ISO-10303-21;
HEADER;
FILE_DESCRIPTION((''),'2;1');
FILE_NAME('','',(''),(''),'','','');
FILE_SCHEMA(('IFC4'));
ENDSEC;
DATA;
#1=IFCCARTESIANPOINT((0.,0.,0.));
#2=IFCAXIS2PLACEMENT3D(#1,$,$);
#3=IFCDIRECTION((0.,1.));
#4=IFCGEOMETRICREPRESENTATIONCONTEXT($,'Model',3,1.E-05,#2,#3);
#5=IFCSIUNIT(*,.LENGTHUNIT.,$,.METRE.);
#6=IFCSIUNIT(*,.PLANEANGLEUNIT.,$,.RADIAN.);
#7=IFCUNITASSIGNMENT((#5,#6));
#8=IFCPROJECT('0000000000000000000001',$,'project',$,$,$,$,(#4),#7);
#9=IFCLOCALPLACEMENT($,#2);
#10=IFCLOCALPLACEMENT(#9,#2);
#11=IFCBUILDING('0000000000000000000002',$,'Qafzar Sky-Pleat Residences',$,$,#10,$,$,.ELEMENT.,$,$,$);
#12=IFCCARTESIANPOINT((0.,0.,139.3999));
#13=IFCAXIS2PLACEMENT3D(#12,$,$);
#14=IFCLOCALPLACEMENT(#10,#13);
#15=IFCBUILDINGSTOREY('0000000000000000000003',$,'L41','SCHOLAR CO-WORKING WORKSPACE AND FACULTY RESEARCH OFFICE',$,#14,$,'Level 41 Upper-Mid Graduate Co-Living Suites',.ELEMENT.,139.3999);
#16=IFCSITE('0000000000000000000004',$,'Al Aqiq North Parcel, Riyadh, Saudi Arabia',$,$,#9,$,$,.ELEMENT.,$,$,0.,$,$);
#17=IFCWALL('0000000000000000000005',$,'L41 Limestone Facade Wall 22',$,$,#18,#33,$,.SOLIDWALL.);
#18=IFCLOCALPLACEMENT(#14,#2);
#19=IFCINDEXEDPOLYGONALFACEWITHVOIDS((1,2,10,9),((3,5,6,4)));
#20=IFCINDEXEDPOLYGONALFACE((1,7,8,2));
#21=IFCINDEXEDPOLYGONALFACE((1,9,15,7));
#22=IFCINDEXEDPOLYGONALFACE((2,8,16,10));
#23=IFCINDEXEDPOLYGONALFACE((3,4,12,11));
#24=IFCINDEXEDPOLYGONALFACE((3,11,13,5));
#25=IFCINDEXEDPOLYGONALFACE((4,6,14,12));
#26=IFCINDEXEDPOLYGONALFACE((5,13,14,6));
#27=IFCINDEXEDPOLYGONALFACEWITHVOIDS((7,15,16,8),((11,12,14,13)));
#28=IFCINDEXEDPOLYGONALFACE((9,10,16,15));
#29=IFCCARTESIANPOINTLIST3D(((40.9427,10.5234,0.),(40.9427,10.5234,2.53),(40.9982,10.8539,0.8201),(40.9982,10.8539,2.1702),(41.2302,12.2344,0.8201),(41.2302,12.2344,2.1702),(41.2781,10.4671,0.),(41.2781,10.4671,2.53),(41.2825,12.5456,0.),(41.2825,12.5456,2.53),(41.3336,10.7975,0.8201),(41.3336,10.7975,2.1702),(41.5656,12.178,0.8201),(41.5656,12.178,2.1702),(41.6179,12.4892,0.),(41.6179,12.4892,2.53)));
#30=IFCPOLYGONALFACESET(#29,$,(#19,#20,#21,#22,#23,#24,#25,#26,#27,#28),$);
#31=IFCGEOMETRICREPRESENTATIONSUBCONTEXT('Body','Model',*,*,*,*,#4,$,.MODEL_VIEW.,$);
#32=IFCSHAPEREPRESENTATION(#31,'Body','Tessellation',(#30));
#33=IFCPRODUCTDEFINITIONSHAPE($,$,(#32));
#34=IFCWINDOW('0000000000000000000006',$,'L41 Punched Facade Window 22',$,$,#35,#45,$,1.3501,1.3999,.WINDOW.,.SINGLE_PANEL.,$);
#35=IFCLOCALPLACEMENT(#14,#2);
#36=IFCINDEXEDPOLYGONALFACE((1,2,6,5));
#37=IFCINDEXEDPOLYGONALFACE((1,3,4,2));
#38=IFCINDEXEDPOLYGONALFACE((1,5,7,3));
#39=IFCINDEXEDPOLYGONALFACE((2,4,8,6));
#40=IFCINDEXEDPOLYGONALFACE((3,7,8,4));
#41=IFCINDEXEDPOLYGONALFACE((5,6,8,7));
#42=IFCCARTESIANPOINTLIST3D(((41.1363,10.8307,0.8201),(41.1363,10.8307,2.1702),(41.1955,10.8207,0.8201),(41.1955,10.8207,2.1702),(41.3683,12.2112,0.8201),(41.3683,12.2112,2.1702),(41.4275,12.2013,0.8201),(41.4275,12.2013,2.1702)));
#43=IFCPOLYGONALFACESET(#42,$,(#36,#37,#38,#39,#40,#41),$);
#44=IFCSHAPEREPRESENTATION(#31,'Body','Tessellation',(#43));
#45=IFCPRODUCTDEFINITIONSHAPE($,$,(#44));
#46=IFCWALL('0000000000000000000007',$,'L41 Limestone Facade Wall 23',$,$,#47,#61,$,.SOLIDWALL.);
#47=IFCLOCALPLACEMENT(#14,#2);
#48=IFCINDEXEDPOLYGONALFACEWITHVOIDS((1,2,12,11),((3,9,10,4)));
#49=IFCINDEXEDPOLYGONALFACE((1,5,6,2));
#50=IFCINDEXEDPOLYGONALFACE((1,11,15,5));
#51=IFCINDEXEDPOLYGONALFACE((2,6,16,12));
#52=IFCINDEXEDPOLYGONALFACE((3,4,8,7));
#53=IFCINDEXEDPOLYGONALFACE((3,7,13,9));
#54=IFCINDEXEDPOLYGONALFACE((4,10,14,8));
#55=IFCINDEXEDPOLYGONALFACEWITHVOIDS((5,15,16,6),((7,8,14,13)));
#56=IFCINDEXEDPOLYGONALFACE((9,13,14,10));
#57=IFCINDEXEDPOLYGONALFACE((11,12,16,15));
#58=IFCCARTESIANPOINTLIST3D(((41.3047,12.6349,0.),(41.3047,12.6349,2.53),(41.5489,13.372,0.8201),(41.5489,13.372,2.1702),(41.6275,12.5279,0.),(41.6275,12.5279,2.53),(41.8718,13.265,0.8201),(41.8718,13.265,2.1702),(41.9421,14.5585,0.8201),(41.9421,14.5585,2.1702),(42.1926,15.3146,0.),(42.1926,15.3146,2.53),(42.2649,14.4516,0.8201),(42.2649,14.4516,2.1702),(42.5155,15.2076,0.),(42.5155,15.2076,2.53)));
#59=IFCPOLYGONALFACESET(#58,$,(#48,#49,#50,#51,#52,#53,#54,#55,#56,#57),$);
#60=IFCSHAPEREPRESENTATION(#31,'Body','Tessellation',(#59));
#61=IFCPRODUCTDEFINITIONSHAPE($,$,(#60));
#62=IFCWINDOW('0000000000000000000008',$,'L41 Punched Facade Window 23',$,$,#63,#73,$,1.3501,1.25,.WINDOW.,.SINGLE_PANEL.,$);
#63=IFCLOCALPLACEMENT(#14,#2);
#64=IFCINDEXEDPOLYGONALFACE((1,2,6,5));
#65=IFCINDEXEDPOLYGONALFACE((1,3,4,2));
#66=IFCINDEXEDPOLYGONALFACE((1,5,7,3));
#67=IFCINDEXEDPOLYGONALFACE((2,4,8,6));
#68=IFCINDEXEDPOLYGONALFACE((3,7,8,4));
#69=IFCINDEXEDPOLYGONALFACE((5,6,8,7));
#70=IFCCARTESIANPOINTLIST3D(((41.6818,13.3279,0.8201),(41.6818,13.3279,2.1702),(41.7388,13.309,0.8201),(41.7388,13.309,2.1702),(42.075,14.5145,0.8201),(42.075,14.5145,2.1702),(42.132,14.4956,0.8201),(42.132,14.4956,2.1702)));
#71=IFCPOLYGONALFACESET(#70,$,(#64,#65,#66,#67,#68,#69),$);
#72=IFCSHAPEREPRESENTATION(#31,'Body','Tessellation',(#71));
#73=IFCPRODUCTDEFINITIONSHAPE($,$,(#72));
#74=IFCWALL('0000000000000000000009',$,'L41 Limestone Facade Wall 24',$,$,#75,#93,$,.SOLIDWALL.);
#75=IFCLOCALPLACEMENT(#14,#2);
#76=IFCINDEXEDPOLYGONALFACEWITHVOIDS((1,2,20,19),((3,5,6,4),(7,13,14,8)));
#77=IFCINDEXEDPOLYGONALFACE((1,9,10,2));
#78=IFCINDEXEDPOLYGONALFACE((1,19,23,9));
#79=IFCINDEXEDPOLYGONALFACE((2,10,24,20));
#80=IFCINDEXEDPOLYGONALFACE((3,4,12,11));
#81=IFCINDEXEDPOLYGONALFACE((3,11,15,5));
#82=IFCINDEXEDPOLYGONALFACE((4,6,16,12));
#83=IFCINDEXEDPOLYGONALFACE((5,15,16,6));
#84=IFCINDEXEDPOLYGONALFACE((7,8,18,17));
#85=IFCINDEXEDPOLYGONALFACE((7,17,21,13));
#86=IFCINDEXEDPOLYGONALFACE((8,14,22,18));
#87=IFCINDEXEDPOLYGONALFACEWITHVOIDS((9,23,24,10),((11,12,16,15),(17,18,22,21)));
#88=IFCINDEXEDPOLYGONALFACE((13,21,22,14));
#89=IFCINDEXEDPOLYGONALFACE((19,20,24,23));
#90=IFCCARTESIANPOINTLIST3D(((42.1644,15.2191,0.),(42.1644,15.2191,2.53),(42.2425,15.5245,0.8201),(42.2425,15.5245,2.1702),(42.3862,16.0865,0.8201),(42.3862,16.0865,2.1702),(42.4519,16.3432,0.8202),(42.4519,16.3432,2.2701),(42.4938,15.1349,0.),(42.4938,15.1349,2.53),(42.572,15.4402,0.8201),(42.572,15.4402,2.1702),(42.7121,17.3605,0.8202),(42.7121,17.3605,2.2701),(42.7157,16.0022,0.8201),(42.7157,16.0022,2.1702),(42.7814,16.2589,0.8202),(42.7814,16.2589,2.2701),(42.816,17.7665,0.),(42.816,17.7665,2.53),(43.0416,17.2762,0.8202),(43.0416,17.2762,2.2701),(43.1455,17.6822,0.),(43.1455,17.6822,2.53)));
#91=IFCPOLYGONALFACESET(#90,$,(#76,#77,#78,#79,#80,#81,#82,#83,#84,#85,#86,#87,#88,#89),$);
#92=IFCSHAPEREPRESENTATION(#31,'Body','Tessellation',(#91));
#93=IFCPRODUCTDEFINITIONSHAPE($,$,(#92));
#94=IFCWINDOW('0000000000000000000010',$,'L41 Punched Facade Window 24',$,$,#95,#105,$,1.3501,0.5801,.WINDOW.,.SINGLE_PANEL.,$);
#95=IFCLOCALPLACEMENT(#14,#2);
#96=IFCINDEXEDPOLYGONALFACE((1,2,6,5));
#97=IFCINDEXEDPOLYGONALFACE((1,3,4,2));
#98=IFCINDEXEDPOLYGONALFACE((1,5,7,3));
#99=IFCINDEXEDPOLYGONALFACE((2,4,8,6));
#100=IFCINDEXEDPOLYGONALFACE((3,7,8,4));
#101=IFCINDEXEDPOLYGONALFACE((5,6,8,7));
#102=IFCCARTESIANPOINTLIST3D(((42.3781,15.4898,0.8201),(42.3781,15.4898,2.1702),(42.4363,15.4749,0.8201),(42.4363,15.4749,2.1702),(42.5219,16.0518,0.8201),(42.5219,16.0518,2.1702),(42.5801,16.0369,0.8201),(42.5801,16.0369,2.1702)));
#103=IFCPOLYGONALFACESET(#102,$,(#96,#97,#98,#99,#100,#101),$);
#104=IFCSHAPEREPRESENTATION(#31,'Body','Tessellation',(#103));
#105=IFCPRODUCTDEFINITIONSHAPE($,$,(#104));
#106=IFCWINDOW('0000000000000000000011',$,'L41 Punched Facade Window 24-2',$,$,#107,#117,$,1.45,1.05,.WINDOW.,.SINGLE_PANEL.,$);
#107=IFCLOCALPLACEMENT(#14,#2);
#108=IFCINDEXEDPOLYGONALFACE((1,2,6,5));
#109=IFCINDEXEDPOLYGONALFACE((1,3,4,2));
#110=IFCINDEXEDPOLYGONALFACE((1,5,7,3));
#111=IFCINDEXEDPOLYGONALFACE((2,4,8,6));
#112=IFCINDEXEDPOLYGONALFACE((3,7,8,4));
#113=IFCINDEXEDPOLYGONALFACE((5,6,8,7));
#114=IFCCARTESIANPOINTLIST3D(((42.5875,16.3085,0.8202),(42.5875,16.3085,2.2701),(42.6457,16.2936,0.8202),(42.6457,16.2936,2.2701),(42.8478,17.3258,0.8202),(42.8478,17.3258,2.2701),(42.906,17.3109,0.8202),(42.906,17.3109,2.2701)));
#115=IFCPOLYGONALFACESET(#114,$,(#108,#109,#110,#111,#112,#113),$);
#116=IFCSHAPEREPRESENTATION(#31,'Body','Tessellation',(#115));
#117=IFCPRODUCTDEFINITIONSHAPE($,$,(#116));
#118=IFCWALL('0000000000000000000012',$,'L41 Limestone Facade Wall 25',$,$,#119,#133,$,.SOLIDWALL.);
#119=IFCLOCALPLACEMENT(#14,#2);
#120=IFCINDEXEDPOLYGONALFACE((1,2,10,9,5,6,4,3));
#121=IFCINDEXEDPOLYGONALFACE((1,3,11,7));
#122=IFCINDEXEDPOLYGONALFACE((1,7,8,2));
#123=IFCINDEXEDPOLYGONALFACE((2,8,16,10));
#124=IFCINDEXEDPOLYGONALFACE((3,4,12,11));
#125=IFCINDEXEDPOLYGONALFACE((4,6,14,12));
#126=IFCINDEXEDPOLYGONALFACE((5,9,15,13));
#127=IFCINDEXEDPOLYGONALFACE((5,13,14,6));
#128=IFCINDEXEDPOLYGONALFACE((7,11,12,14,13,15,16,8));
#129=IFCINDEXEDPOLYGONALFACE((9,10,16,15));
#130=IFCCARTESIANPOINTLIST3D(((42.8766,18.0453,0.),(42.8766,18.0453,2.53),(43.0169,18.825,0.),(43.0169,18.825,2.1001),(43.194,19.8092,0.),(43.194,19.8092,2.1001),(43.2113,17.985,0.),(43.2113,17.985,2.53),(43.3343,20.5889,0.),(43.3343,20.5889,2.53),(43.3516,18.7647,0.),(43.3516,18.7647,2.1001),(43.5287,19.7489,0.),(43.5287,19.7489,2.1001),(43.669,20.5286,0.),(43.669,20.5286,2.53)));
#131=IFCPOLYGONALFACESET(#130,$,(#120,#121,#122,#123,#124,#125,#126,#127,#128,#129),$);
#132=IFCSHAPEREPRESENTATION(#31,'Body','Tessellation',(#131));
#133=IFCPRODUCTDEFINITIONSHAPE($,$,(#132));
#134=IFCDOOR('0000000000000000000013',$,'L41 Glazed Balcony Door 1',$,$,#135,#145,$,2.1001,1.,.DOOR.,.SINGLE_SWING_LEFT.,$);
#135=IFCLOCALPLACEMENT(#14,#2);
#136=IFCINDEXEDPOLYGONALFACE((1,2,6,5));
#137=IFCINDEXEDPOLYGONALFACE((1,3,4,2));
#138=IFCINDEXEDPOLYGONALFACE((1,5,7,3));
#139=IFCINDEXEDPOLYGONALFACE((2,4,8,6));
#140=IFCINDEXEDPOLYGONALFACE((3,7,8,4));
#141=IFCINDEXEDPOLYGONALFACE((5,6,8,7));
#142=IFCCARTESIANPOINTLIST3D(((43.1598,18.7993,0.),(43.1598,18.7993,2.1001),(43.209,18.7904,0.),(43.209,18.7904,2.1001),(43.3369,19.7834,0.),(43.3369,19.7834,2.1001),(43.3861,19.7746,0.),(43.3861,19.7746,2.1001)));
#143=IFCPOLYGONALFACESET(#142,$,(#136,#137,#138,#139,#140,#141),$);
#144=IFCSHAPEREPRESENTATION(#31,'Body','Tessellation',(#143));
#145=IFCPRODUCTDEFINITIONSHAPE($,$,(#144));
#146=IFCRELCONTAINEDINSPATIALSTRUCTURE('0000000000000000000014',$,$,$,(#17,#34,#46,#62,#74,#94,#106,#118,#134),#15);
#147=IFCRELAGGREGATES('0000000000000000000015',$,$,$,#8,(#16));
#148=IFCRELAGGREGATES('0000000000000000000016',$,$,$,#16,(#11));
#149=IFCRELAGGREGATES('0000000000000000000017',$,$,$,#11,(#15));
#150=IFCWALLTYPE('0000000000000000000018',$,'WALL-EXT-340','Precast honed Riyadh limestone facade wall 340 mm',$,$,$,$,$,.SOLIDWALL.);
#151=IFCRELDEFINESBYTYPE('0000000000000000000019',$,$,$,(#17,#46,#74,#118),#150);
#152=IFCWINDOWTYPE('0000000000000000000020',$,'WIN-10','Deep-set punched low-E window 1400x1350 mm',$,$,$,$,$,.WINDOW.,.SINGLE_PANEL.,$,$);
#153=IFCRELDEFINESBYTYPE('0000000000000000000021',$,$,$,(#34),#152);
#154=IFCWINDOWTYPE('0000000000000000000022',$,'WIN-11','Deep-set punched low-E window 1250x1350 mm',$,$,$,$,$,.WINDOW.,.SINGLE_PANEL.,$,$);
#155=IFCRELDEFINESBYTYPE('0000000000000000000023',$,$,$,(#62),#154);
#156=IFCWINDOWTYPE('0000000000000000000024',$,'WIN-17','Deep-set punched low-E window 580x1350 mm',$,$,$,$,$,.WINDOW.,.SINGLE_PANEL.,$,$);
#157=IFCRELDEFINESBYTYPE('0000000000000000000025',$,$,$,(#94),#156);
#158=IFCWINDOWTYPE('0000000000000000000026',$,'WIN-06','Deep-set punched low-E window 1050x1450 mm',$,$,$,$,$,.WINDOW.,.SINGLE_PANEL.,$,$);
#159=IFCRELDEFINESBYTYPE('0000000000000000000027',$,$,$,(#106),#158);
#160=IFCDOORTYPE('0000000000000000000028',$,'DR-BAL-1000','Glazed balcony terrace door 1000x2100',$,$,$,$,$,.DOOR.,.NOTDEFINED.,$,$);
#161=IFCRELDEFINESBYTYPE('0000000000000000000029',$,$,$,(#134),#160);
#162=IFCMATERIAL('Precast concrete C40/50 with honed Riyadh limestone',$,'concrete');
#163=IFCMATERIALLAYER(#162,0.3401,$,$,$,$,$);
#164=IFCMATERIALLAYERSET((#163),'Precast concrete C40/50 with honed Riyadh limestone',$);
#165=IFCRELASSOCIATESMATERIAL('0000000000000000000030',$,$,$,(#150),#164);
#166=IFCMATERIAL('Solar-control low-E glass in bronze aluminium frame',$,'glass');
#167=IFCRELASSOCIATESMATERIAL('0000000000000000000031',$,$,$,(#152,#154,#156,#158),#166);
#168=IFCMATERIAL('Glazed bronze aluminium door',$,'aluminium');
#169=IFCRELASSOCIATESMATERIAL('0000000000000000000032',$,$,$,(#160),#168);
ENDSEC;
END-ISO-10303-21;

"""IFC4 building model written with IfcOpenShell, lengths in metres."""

from ifc_helpers import new_model, si_unit, direction, frame, frame_2d, origin, place, context, subcontext, project, spatial, rectangle, extrude, source, transform, mapped, material, layer, layer_set, type_object, element, fill, save


model = new_model("IFC4")

# Units and contexts
model_context = context("Model", 3, precision=1e-05, world=origin(), true_north=direction((0.0, 1.0)))
body_context = subcontext(model_context, "Body", "Model", "MODEL_VIEW")
ifc_project = project(units=[si_unit("LENGTHUNIT", "METRE"), si_unit("PLANEANGLEUNIT", "RADIAN")], contexts=[model_context])

# Site, building, storey
site_placement = place(None, origin())
site = spatial("IfcSite", under=ifc_project, at=site_placement, Name="Al Aqiq North Parcel, Riyadh, Saudi Arabia", CompositionType="ELEMENT", RefElevation=0.0)
building_placement = place(site_placement, origin())
building = spatial("IfcBuilding", under=site, at=building_placement, Name="Qafzar Sky-Pleat Residences", CompositionType="ELEMENT")
storey_placement = place(building_placement, frame((0.0, 0.0, 139.3999)))
storey = spatial("IfcBuildingStorey", under=building, at=storey_placement, Name="L41", Description="SCHOLAR CO-WORKING WORKSPACE AND FACULTY RESEARCH OFFICE", LongName="Level 41 Upper-Mid Graduate Co-Living Suites", CompositionType="ELEMENT", Elevation=139.3999)

# Walls, openings, windows
ifc_material_1 = material(Name="Precast concrete C40/50 with honed Riyadh limestone", Category="concrete")
ifc_layer_1 = layer(ifc_material_1, 0.3401)
ifc_layer_set_1 = layer_set([ifc_layer_1], Name="Precast concrete C40/50 with honed Riyadh limestone")
wall_type = type_object("IfcWallType", Name="WALL-EXT-340", Description="Precast honed Riyadh limestone facade wall 340 mm", PredefinedType="SOLIDWALL", material=ifc_layer_set_1)
ifc_material_2 = material(Name="Solar-control low-E glass in bronze aluminium frame", Category="glass")
wall_1_placement = place(storey_placement, frame((41.1104, 10.4951, 0.0), z_axis=(0.0, 0.0, 1.0), x_axis=(0.165731, 0.986171, 0.0)))
wall_1 = element("IfcWall", 1, at=wall_1_placement, inside=storey, type_object=wall_type, Name="L41 Limestone Facade Wall 22", PredefinedType="SOLIDWALL", context=body_context, shape_type="SweptSolid", body=[
    extrude(rectangle(XDim=2.0505, YDim=0.3401, at=frame_2d((1.0254, 0.0))), origin(), (0.0, 0.0, 1.0), 2.53),
])
opening_1_placement = place(wall_1_placement, frame((0.3352, 0.0, 0.8201)))
opening_1 = element("IfcOpeningElement", 2, at=opening_1_placement, cuts=wall_1, PredefinedType="OPENING", context=body_context, shape_type="SweptSolid", body=[
    extrude(rectangle(XDim=1.3999, YDim=1.3501, at=frame_2d((0.7, 0.675))), frame((0.0, 0.1802, 0.0), z_axis=(0.0, -1.0, 0.0), x_axis=(1.0, 0.0, 0.0)), (0.0, 0.0, 1.0), 0.3601),
])
window_type_1 = type_object("IfcWindowType", Name="WIN-10", Description="Deep-set punched low-E window 1400x1350 mm", PartitioningType="SINGLE_PANEL", PredefinedType="WINDOW", material=ifc_material_2)
shared_shape_1 = source(origin(), body_context, "Body", "SweptSolid", [
    extrude(rectangle(XDim=1.3999, YDim=1.3501, at=frame_2d((0.7, 0.675))), frame((0.0, 0.03, 0.0), z_axis=(0.0, -1.0, 0.0), x_axis=(1.0, 0.0, 0.0)), (0.0, 0.0, 1.0), 0.0601),
])
window_1_placement = place(opening_1_placement, origin())
window_1 = element("IfcWindow", 3, at=window_1_placement, inside=storey, type_object=window_type_1, Name="L41 Punched Facade Window 22", OverallHeight=1.3501, OverallWidth=1.3999, PartitioningType="SINGLE_PANEL", PredefinedType="WINDOW", context=body_context, shape_type="MappedRepresentation", body=[
    mapped(shared_shape_1, transform((0.0, 0.0, 0.0), x_axis=(1.0, 0.0, 0.0), y_axis=(0.0, 1.0, 0.0), z_axis=(0.0, 0.0, 1.0), scale=1.0)),
])
fill(opening_1, window_1)
wall_2_placement = place(storey_placement, frame((41.4661, 12.5813, 0.0), z_axis=(0.0, 0.0, 1.0), x_axis=(0.314541, 0.949244, 0.0)))
wall_2 = element("IfcWall", 4, at=wall_2_placement, inside=storey, type_object=wall_type, Name="L41 Limestone Facade Wall 23", PredefinedType="SOLIDWALL", context=body_context, shape_type="SweptSolid", body=[
    extrude(rectangle(XDim=2.823, YDim=0.3401, at=frame_2d((1.4116, 0.0))), origin(), (0.0, 0.0, 1.0), 2.53),
])
opening_2_placement = place(wall_2_placement, frame((0.7766, 0.0, 0.8201)))
opening_2 = element("IfcOpeningElement", 5, at=opening_2_placement, cuts=wall_2, PredefinedType="OPENING", context=body_context, shape_type="SweptSolid", body=[
    extrude(rectangle(XDim=1.25, YDim=1.3501, at=frame_2d((0.625, 0.675))), frame((0.0, 0.1802, 0.0), z_axis=(0.0, -1.0, 0.0), x_axis=(1.0, 0.0, 0.0)), (0.0, 0.0, 1.0), 0.3601),
])
window_type_2 = type_object("IfcWindowType", Name="WIN-11", Description="Deep-set punched low-E window 1250x1350 mm", PartitioningType="SINGLE_PANEL", PredefinedType="WINDOW", material=ifc_material_2)
shared_shape_2 = source(origin(), body_context, "Body", "SweptSolid", [
    extrude(rectangle(XDim=1.25, YDim=1.3501, at=frame_2d((0.625, 0.675))), frame((0.0, 0.03, 0.0), z_axis=(0.0, -1.0, 0.0), x_axis=(1.0, 0.0, 0.0)), (0.0, 0.0, 1.0), 0.0601),
])
window_2_placement = place(opening_2_placement, origin())
window_2 = element("IfcWindow", 6, at=window_2_placement, inside=storey, type_object=window_type_2, Name="L41 Punched Facade Window 23", OverallHeight=1.3501, OverallWidth=1.25, PartitioningType="SINGLE_PANEL", PredefinedType="WINDOW", context=body_context, shape_type="MappedRepresentation", body=[
    mapped(shared_shape_2, transform((0.0, 0.0, 0.0), x_axis=(1.0, 0.0, 0.0), y_axis=(0.0, 1.0, 0.0), z_axis=(0.0, 0.0, 1.0), scale=1.0)),
])
fill(opening_2, window_2)

# Wall, openings, windows
wall_3_placement = place(storey_placement, frame((42.3291, 15.177, 0.0), z_axis=(0.0, 0.0, 1.0), x_axis=(0.247819, 0.968806, 0.0)))
wall_3 = element("IfcWall", 7, at=wall_3_placement, inside=storey, type_object=wall_type, Name="L41 Limestone Facade Wall 24", PredefinedType="SOLIDWALL", context=body_context, shape_type="SweptSolid", body=[
    extrude(rectangle(XDim=2.6294, YDim=0.3401, at=frame_2d((1.3147, 0.0))), origin(), (0.0, 0.0, 1.0), 2.53),
])
opening_3_placement = place(wall_3_placement, frame((0.3152, 0.0, 0.8201)))
opening_3 = element("IfcOpeningElement", 8, at=opening_3_placement, cuts=wall_3, PredefinedType="OPENING", context=body_context, shape_type="SweptSolid", body=[
    extrude(rectangle(XDim=0.5801, YDim=1.3501, at=frame_2d((0.29, 0.675))), frame((0.0, 0.1802, 0.0), z_axis=(0.0, -1.0, 0.0), x_axis=(1.0, 0.0, 0.0)), (0.0, 0.0, 1.0), 0.3601),
])
opening_4_placement = place(wall_3_placement, frame((1.1604, 0.0, 0.8201)))
opening_4 = element("IfcOpeningElement", 9, at=opening_4_placement, cuts=wall_3, PredefinedType="OPENING", context=body_context, shape_type="SweptSolid", body=[
    extrude(rectangle(XDim=1.05, YDim=1.45, at=frame_2d((0.5249, 0.7251))), frame((0.0, 0.1802, 0.0), z_axis=(0.0, -1.0, 0.0), x_axis=(1.0, 0.0, 0.0)), (0.0, 0.0, 1.0), 0.3601),
])
window_type_3 = type_object("IfcWindowType", Name="WIN-17", Description="Deep-set punched low-E window 580x1350 mm", PartitioningType="SINGLE_PANEL", PredefinedType="WINDOW", material=ifc_material_2)
shared_shape_3 = source(origin(), body_context, "Body", "SweptSolid", [
    extrude(rectangle(XDim=0.5801, YDim=1.3501, at=frame_2d((0.29, 0.675))), frame((0.0, 0.03, 0.0), z_axis=(0.0, -1.0, 0.0), x_axis=(1.0, 0.0, 0.0)), (0.0, 0.0, 1.0), 0.0601),
])
window_3_placement = place(opening_3_placement, origin())
window_3 = element("IfcWindow", 10, at=window_3_placement, inside=storey, type_object=window_type_3, Name="L41 Punched Facade Window 24", OverallHeight=1.3501, OverallWidth=0.5801, PartitioningType="SINGLE_PANEL", PredefinedType="WINDOW", context=body_context, shape_type="MappedRepresentation", body=[
    mapped(shared_shape_3, transform((0.0, 0.0, 0.0), x_axis=(1.0, 0.0, 0.0), y_axis=(0.0, 1.0, 0.0), z_axis=(0.0, 0.0, 1.0), scale=1.0)),
])
fill(opening_3, window_3)
window_type_4 = type_object("IfcWindowType", Name="WIN-06", Description="Deep-set punched low-E window 1050x1450 mm", PartitioningType="SINGLE_PANEL", PredefinedType="WINDOW", material=ifc_material_2)
shared_shape_4 = source(origin(), body_context, "Body", "SweptSolid", [
    extrude(rectangle(XDim=1.05, YDim=1.45, at=frame_2d((0.5249, 0.7251))), frame((0.0, 0.03, 0.0), z_axis=(0.0, -1.0, 0.0), x_axis=(1.0, 0.0, 0.0)), (0.0, 0.0, 1.0), 0.0601),
])
window_4_placement = place(opening_4_placement, origin())
window_4 = element("IfcWindow", 11, at=window_4_placement, inside=storey, type_object=window_type_4, Name="L41 Punched Facade Window 24-2", OverallHeight=1.45, OverallWidth=1.05, PartitioningType="SINGLE_PANEL", PredefinedType="WINDOW", context=body_context, shape_type="MappedRepresentation", body=[
    mapped(shared_shape_4, transform((0.0, 0.0, 0.0), x_axis=(1.0, 0.0, 0.0), y_axis=(0.0, 1.0, 0.0), z_axis=(0.0, 0.0, 1.0), scale=1.0)),
])
fill(opening_4, window_4)

# Wall, opening, door
wall_4_placement = place(storey_placement, frame((43.0439, 18.0151, 0.0), z_axis=(0.0, 0.0, 1.0), x_axis=(0.177115, 0.98419, 0.0)))
wall_4 = element("IfcWall", 12, at=wall_4_placement, inside=storey, type_object=wall_type, Name="L41 Limestone Facade Wall 25", PredefinedType="SOLIDWALL", context=body_context, shape_type="SweptSolid", body=[
    extrude(rectangle(XDim=2.5845, YDim=0.3401, at=frame_2d((1.2922, 0.0))), origin(), (0.0, 0.0, 1.0), 2.53),
])
opening_5_placement = place(wall_4_placement, frame((0.7922, 0.0, 0.0)))
opening_5 = element("IfcOpeningElement", 13, at=opening_5_placement, cuts=wall_4, PredefinedType="OPENING", context=body_context, shape_type="SweptSolid", body=[
    extrude(rectangle(XDim=1.0, YDim=2.1001, at=frame_2d((0.5, 1.05))), frame((0.0, 0.1802, 0.0), z_axis=(0.0, -1.0, 0.0), x_axis=(1.0, 0.0, 0.0)), (0.0, 0.0, 1.0), 0.3601),
])
ifc_material_3 = material(Name="Glazed bronze aluminium door", Category="aluminium")
door_type = type_object("IfcDoorType", Name="DR-BAL-1000", Description="Glazed balcony terrace door 1000x2100", OperationType="NOTDEFINED", PredefinedType="DOOR", material=ifc_material_3)
shared_shape_5 = source(origin(), body_context, "Body", "SweptSolid", [
    extrude(rectangle(XDim=1.0, YDim=2.1001, at=frame_2d((0.5, 1.05))), frame((0.0, 0.0249, 0.0), z_axis=(0.0, -1.0, 0.0), x_axis=(1.0, 0.0, 0.0)), (0.0, 0.0, 1.0), 0.05),
])
door_placement = place(opening_5_placement, origin())
door = element("IfcDoor", 14, at=door_placement, inside=storey, type_object=door_type, Name="L41 Glazed Balcony Door 1", OperationType="SINGLE_SWING_LEFT", OverallHeight=2.1001, OverallWidth=1.0, PredefinedType="DOOR", context=body_context, shape_type="MappedRepresentation", body=[
    mapped(shared_shape_5, transform((0.0, 0.0, 0.0), x_axis=(1.0, 0.0, 0.0), y_axis=(0.0, 1.0, 0.0), z_axis=(0.0, 0.0, 1.0), scale=1.0)),
])
fill(opening_5, door)

save(model, "model.ifc")
